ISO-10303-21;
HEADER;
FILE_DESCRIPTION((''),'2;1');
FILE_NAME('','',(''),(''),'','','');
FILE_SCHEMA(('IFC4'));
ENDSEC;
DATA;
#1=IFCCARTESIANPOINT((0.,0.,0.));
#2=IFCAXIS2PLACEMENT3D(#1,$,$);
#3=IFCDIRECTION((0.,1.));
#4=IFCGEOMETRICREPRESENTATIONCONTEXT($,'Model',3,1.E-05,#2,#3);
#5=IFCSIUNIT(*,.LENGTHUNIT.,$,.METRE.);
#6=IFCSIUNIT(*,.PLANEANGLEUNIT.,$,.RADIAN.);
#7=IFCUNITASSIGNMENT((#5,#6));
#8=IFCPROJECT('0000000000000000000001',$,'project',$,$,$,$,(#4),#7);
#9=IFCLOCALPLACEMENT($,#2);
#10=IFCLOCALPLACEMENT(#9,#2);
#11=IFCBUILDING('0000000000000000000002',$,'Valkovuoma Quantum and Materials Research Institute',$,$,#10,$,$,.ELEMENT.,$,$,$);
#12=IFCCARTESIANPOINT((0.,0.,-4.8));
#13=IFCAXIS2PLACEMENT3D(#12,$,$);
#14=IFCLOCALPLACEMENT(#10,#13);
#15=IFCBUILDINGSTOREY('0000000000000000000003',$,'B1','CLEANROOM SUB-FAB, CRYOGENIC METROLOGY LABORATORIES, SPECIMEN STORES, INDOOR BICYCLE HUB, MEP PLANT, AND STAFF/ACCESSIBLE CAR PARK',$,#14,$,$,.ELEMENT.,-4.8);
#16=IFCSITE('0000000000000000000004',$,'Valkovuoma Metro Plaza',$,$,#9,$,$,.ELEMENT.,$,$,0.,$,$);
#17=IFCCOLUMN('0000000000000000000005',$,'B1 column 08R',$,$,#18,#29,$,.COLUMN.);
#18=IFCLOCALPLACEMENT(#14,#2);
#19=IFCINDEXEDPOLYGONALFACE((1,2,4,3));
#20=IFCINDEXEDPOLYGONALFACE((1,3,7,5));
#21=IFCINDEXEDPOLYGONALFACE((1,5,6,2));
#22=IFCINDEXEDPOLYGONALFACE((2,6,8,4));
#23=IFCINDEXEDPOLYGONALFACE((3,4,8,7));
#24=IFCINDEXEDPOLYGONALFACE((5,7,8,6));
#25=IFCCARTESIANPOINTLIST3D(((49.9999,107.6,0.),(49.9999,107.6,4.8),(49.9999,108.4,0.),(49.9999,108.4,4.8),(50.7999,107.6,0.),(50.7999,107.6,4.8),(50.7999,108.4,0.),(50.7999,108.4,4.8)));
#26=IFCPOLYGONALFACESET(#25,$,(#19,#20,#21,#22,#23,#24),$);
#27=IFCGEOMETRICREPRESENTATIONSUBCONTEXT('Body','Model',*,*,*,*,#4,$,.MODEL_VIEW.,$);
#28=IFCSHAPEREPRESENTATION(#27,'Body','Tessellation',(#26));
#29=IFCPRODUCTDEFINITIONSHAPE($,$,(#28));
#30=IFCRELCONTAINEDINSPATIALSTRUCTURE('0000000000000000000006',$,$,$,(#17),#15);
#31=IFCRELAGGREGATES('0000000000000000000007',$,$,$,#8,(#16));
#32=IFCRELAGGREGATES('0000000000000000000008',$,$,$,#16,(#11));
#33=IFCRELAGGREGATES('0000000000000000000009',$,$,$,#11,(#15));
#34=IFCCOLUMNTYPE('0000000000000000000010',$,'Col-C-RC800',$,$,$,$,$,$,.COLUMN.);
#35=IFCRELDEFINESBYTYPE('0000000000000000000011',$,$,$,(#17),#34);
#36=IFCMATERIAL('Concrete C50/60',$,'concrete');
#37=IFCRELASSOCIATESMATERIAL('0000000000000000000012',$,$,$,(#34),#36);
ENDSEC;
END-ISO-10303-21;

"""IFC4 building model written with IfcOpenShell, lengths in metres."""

from ifc_helpers import new_model, si_unit, direction, frame, origin, origin_2d, place, context, subcontext, project, spatial, rectangle, extrude, material, material_profile, profile_set, type_object, element, save


model = new_model("IFC4")

# Units and contexts
model_context = context("Model", 3, precision=1e-05, world=origin(), true_north=direction((0.0, 1.0)))
body_context = subcontext(model_context, "Body", "Model", "MODEL_VIEW")
ifc_project = project(units=[si_unit("LENGTHUNIT", "METRE"), si_unit("PLANEANGLEUNIT", "RADIAN")], contexts=[model_context])

# Site, building, storey
site_placement = place(None, origin())
site = spatial("IfcSite", under=ifc_project, at=site_placement, Name="Valkovuoma Metro Plaza", CompositionType="ELEMENT", RefElevation=0.0)
building_placement = place(site_placement, origin())
building = spatial("IfcBuilding", under=site, at=building_placement, Name="Valkovuoma Quantum and Materials Research Institute", CompositionType="ELEMENT")
storey_placement = place(building_placement, frame((0.0, 0.0, -4.8)))
storey = spatial("IfcBuildingStorey", under=building, at=storey_placement, Name="B1", Description="CLEANROOM SUB-FAB, CRYOGENIC METROLOGY LABORATORIES, SPECIMEN STORES, INDOOR BICYCLE HUB, MEP PLANT, AND STAFF/ACCESSIBLE CAR PARK", CompositionType="ELEMENT", Elevation=-4.8)

# Column
ifc_material_1 = material(Name="Concrete C50/60", Category="concrete")
ifc_material_profile_1 = material_profile(ifc_material_1, rectangle(XDim=0.8, YDim=0.8, at=origin_2d()), Name="Concrete C50/60")
ifc_profile_set_1 = profile_set([ifc_material_profile_1], Name="Concrete C50/60")
column_type = type_object("IfcColumnType", Name="Col-C-RC800", PredefinedType="COLUMN", material=ifc_profile_set_1)
for number, where, z_axis, x_axis, name in (
    (1, (50.3999, 108.0, 0.0), (0.0, 0.0, 1.0), (1.0, 0.0, 0.0), "B1 column 08R"),
):
    element("IfcColumn", number, at=place(storey_placement, frame(where, z_axis=z_axis, x_axis=x_axis)), inside=storey, type_object=column_type, Name=name, PredefinedType="COLUMN", context=body_context, shape_type="SweptSolid", body=[
        extrude(rectangle(XDim=0.8, YDim=0.8, at=origin_2d()), origin(), (0.0, 0.0, 1.0), 4.8),
    ])

save(model, "model.ifc")
